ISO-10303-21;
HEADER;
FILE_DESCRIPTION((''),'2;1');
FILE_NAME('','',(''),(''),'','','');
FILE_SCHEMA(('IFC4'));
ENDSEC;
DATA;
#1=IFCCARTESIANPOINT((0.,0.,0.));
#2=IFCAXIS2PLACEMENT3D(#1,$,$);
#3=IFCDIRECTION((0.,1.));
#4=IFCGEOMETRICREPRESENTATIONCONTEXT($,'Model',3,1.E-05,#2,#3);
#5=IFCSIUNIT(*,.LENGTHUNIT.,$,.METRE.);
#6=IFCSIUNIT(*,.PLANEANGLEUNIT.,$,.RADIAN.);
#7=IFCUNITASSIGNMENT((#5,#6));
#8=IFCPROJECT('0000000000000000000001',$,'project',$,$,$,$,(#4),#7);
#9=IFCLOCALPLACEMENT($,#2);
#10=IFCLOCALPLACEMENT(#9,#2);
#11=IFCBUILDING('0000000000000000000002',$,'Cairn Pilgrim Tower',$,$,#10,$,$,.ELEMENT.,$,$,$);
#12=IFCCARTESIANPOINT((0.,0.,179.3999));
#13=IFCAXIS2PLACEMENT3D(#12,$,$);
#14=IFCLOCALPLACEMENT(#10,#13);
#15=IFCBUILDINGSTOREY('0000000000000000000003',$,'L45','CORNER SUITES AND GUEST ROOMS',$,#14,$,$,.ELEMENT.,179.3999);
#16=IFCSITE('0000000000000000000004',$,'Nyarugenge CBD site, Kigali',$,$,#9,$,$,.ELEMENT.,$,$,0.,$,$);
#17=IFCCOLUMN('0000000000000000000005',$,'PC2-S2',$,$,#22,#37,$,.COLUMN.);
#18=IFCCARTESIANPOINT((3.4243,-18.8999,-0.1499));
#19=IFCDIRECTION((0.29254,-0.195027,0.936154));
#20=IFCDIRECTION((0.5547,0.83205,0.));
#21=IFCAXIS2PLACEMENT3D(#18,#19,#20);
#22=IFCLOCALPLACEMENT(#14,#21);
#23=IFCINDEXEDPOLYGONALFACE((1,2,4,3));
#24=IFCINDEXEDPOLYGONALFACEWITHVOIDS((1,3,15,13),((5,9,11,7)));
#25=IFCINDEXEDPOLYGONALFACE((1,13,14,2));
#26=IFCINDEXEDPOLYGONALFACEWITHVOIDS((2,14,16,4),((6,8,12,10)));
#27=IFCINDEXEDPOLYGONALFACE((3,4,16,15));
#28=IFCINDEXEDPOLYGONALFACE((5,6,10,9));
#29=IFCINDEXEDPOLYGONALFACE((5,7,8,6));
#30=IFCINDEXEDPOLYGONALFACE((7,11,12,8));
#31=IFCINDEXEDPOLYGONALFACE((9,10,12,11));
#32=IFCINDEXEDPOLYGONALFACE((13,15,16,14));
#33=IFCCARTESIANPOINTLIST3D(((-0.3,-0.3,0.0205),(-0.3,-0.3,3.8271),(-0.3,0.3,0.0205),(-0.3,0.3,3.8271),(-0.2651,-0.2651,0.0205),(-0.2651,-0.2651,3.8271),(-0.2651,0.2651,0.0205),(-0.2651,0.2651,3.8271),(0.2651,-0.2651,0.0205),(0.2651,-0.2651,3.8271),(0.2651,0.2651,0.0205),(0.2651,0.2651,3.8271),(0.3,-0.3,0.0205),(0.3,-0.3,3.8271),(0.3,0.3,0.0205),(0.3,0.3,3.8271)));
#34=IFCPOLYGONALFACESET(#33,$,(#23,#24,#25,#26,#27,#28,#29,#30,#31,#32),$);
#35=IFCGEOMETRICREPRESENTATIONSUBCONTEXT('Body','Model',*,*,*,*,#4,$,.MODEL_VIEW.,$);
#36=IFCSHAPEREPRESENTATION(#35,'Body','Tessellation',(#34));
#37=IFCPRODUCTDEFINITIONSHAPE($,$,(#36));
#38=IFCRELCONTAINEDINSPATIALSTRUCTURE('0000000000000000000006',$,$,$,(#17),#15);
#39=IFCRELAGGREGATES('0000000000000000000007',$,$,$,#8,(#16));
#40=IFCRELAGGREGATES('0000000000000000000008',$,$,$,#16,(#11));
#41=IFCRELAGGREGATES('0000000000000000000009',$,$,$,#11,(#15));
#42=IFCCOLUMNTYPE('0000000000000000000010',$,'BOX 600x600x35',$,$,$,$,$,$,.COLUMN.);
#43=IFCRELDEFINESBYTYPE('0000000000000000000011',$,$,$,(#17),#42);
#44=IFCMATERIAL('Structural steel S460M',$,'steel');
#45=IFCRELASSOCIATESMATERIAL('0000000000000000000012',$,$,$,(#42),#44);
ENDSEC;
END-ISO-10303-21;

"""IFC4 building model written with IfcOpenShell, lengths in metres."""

from ifc_helpers import new_model, si_unit, direction, frame, origin, origin_2d, place, context, subcontext, project, spatial, hollow_rectangle, extrude, clip, halfspace, material, material_profile, profile_set, type_object, element, save


model = new_model("IFC4")

# Units and contexts
model_context = context("Model", 3, precision=1e-05, world=origin(), true_north=direction((0.0, 1.0)))
body_context = subcontext(model_context, "Body", "Model", "MODEL_VIEW")
ifc_project = project(units=[si_unit("LENGTHUNIT", "METRE"), si_unit("PLANEANGLEUNIT", "RADIAN")], contexts=[model_context])

# Site, building, storey
site_placement = place(None, origin())
site = spatial("IfcSite", under=ifc_project, at=site_placement, Name="Nyarugenge CBD site, Kigali", CompositionType="ELEMENT", RefElevation=0.0)
building_placement = place(site_placement, origin())
building = spatial("IfcBuilding", under=site, at=building_placement, Name="Cairn Pilgrim Tower", CompositionType="ELEMENT")
storey_placement = place(building_placement, frame((0.0, 0.0, 179.3999)))
storey = spatial("IfcBuildingStorey", under=building, at=storey_placement, Name="L45", Description="CORNER SUITES AND GUEST ROOMS", CompositionType="ELEMENT", Elevation=179.3999)

# Column
ifc_material_1 = material(Name="Structural steel S460M", Category="steel")
ifc_material_profile_1 = material_profile(ifc_material_1, hollow_rectangle(XDim=0.6001, YDim=0.6001, WallThickness=0.0349, at=origin_2d()), Name="BOX 600x600x35")
ifc_profile_set_1 = profile_set([ifc_material_profile_1], Name="Structural steel S460M")
column_type = type_object("IfcColumnType", Name="BOX 600x600x35", PredefinedType="COLUMN", material=ifc_profile_set_1)
column_placement = place(storey_placement, frame((3.4243, -18.8999, -0.1499), z_axis=(0.29254, -0.195027, 0.936154), x_axis=(0.5547, 0.83205, 0.0)))
element("IfcColumn", 1, at=column_placement, inside=storey, type_object=column_type, Name="PC2-S2", PredefinedType="COLUMN", context=body_context, shape_type="Clipping", body=[
    clip(clip(extrude(hollow_rectangle(XDim=0.6001, YDim=0.6001, WallThickness=0.0349, at=origin_2d()), origin(), (0.0, 0.0, 1.0), 3.8457), halfspace(frame((0.0, 0.0, 0.0205), z_axis=(0.0, 0.0, 1.0), x_axis=(1.0, 0.0, 0.0)), True)), halfspace(frame((0.0, 0.0, 3.8271), z_axis=(0.0, 0.0, 1.0), x_axis=(1.0, 0.0, 0.0)), False)),
])

save(model, "model.ifc")
